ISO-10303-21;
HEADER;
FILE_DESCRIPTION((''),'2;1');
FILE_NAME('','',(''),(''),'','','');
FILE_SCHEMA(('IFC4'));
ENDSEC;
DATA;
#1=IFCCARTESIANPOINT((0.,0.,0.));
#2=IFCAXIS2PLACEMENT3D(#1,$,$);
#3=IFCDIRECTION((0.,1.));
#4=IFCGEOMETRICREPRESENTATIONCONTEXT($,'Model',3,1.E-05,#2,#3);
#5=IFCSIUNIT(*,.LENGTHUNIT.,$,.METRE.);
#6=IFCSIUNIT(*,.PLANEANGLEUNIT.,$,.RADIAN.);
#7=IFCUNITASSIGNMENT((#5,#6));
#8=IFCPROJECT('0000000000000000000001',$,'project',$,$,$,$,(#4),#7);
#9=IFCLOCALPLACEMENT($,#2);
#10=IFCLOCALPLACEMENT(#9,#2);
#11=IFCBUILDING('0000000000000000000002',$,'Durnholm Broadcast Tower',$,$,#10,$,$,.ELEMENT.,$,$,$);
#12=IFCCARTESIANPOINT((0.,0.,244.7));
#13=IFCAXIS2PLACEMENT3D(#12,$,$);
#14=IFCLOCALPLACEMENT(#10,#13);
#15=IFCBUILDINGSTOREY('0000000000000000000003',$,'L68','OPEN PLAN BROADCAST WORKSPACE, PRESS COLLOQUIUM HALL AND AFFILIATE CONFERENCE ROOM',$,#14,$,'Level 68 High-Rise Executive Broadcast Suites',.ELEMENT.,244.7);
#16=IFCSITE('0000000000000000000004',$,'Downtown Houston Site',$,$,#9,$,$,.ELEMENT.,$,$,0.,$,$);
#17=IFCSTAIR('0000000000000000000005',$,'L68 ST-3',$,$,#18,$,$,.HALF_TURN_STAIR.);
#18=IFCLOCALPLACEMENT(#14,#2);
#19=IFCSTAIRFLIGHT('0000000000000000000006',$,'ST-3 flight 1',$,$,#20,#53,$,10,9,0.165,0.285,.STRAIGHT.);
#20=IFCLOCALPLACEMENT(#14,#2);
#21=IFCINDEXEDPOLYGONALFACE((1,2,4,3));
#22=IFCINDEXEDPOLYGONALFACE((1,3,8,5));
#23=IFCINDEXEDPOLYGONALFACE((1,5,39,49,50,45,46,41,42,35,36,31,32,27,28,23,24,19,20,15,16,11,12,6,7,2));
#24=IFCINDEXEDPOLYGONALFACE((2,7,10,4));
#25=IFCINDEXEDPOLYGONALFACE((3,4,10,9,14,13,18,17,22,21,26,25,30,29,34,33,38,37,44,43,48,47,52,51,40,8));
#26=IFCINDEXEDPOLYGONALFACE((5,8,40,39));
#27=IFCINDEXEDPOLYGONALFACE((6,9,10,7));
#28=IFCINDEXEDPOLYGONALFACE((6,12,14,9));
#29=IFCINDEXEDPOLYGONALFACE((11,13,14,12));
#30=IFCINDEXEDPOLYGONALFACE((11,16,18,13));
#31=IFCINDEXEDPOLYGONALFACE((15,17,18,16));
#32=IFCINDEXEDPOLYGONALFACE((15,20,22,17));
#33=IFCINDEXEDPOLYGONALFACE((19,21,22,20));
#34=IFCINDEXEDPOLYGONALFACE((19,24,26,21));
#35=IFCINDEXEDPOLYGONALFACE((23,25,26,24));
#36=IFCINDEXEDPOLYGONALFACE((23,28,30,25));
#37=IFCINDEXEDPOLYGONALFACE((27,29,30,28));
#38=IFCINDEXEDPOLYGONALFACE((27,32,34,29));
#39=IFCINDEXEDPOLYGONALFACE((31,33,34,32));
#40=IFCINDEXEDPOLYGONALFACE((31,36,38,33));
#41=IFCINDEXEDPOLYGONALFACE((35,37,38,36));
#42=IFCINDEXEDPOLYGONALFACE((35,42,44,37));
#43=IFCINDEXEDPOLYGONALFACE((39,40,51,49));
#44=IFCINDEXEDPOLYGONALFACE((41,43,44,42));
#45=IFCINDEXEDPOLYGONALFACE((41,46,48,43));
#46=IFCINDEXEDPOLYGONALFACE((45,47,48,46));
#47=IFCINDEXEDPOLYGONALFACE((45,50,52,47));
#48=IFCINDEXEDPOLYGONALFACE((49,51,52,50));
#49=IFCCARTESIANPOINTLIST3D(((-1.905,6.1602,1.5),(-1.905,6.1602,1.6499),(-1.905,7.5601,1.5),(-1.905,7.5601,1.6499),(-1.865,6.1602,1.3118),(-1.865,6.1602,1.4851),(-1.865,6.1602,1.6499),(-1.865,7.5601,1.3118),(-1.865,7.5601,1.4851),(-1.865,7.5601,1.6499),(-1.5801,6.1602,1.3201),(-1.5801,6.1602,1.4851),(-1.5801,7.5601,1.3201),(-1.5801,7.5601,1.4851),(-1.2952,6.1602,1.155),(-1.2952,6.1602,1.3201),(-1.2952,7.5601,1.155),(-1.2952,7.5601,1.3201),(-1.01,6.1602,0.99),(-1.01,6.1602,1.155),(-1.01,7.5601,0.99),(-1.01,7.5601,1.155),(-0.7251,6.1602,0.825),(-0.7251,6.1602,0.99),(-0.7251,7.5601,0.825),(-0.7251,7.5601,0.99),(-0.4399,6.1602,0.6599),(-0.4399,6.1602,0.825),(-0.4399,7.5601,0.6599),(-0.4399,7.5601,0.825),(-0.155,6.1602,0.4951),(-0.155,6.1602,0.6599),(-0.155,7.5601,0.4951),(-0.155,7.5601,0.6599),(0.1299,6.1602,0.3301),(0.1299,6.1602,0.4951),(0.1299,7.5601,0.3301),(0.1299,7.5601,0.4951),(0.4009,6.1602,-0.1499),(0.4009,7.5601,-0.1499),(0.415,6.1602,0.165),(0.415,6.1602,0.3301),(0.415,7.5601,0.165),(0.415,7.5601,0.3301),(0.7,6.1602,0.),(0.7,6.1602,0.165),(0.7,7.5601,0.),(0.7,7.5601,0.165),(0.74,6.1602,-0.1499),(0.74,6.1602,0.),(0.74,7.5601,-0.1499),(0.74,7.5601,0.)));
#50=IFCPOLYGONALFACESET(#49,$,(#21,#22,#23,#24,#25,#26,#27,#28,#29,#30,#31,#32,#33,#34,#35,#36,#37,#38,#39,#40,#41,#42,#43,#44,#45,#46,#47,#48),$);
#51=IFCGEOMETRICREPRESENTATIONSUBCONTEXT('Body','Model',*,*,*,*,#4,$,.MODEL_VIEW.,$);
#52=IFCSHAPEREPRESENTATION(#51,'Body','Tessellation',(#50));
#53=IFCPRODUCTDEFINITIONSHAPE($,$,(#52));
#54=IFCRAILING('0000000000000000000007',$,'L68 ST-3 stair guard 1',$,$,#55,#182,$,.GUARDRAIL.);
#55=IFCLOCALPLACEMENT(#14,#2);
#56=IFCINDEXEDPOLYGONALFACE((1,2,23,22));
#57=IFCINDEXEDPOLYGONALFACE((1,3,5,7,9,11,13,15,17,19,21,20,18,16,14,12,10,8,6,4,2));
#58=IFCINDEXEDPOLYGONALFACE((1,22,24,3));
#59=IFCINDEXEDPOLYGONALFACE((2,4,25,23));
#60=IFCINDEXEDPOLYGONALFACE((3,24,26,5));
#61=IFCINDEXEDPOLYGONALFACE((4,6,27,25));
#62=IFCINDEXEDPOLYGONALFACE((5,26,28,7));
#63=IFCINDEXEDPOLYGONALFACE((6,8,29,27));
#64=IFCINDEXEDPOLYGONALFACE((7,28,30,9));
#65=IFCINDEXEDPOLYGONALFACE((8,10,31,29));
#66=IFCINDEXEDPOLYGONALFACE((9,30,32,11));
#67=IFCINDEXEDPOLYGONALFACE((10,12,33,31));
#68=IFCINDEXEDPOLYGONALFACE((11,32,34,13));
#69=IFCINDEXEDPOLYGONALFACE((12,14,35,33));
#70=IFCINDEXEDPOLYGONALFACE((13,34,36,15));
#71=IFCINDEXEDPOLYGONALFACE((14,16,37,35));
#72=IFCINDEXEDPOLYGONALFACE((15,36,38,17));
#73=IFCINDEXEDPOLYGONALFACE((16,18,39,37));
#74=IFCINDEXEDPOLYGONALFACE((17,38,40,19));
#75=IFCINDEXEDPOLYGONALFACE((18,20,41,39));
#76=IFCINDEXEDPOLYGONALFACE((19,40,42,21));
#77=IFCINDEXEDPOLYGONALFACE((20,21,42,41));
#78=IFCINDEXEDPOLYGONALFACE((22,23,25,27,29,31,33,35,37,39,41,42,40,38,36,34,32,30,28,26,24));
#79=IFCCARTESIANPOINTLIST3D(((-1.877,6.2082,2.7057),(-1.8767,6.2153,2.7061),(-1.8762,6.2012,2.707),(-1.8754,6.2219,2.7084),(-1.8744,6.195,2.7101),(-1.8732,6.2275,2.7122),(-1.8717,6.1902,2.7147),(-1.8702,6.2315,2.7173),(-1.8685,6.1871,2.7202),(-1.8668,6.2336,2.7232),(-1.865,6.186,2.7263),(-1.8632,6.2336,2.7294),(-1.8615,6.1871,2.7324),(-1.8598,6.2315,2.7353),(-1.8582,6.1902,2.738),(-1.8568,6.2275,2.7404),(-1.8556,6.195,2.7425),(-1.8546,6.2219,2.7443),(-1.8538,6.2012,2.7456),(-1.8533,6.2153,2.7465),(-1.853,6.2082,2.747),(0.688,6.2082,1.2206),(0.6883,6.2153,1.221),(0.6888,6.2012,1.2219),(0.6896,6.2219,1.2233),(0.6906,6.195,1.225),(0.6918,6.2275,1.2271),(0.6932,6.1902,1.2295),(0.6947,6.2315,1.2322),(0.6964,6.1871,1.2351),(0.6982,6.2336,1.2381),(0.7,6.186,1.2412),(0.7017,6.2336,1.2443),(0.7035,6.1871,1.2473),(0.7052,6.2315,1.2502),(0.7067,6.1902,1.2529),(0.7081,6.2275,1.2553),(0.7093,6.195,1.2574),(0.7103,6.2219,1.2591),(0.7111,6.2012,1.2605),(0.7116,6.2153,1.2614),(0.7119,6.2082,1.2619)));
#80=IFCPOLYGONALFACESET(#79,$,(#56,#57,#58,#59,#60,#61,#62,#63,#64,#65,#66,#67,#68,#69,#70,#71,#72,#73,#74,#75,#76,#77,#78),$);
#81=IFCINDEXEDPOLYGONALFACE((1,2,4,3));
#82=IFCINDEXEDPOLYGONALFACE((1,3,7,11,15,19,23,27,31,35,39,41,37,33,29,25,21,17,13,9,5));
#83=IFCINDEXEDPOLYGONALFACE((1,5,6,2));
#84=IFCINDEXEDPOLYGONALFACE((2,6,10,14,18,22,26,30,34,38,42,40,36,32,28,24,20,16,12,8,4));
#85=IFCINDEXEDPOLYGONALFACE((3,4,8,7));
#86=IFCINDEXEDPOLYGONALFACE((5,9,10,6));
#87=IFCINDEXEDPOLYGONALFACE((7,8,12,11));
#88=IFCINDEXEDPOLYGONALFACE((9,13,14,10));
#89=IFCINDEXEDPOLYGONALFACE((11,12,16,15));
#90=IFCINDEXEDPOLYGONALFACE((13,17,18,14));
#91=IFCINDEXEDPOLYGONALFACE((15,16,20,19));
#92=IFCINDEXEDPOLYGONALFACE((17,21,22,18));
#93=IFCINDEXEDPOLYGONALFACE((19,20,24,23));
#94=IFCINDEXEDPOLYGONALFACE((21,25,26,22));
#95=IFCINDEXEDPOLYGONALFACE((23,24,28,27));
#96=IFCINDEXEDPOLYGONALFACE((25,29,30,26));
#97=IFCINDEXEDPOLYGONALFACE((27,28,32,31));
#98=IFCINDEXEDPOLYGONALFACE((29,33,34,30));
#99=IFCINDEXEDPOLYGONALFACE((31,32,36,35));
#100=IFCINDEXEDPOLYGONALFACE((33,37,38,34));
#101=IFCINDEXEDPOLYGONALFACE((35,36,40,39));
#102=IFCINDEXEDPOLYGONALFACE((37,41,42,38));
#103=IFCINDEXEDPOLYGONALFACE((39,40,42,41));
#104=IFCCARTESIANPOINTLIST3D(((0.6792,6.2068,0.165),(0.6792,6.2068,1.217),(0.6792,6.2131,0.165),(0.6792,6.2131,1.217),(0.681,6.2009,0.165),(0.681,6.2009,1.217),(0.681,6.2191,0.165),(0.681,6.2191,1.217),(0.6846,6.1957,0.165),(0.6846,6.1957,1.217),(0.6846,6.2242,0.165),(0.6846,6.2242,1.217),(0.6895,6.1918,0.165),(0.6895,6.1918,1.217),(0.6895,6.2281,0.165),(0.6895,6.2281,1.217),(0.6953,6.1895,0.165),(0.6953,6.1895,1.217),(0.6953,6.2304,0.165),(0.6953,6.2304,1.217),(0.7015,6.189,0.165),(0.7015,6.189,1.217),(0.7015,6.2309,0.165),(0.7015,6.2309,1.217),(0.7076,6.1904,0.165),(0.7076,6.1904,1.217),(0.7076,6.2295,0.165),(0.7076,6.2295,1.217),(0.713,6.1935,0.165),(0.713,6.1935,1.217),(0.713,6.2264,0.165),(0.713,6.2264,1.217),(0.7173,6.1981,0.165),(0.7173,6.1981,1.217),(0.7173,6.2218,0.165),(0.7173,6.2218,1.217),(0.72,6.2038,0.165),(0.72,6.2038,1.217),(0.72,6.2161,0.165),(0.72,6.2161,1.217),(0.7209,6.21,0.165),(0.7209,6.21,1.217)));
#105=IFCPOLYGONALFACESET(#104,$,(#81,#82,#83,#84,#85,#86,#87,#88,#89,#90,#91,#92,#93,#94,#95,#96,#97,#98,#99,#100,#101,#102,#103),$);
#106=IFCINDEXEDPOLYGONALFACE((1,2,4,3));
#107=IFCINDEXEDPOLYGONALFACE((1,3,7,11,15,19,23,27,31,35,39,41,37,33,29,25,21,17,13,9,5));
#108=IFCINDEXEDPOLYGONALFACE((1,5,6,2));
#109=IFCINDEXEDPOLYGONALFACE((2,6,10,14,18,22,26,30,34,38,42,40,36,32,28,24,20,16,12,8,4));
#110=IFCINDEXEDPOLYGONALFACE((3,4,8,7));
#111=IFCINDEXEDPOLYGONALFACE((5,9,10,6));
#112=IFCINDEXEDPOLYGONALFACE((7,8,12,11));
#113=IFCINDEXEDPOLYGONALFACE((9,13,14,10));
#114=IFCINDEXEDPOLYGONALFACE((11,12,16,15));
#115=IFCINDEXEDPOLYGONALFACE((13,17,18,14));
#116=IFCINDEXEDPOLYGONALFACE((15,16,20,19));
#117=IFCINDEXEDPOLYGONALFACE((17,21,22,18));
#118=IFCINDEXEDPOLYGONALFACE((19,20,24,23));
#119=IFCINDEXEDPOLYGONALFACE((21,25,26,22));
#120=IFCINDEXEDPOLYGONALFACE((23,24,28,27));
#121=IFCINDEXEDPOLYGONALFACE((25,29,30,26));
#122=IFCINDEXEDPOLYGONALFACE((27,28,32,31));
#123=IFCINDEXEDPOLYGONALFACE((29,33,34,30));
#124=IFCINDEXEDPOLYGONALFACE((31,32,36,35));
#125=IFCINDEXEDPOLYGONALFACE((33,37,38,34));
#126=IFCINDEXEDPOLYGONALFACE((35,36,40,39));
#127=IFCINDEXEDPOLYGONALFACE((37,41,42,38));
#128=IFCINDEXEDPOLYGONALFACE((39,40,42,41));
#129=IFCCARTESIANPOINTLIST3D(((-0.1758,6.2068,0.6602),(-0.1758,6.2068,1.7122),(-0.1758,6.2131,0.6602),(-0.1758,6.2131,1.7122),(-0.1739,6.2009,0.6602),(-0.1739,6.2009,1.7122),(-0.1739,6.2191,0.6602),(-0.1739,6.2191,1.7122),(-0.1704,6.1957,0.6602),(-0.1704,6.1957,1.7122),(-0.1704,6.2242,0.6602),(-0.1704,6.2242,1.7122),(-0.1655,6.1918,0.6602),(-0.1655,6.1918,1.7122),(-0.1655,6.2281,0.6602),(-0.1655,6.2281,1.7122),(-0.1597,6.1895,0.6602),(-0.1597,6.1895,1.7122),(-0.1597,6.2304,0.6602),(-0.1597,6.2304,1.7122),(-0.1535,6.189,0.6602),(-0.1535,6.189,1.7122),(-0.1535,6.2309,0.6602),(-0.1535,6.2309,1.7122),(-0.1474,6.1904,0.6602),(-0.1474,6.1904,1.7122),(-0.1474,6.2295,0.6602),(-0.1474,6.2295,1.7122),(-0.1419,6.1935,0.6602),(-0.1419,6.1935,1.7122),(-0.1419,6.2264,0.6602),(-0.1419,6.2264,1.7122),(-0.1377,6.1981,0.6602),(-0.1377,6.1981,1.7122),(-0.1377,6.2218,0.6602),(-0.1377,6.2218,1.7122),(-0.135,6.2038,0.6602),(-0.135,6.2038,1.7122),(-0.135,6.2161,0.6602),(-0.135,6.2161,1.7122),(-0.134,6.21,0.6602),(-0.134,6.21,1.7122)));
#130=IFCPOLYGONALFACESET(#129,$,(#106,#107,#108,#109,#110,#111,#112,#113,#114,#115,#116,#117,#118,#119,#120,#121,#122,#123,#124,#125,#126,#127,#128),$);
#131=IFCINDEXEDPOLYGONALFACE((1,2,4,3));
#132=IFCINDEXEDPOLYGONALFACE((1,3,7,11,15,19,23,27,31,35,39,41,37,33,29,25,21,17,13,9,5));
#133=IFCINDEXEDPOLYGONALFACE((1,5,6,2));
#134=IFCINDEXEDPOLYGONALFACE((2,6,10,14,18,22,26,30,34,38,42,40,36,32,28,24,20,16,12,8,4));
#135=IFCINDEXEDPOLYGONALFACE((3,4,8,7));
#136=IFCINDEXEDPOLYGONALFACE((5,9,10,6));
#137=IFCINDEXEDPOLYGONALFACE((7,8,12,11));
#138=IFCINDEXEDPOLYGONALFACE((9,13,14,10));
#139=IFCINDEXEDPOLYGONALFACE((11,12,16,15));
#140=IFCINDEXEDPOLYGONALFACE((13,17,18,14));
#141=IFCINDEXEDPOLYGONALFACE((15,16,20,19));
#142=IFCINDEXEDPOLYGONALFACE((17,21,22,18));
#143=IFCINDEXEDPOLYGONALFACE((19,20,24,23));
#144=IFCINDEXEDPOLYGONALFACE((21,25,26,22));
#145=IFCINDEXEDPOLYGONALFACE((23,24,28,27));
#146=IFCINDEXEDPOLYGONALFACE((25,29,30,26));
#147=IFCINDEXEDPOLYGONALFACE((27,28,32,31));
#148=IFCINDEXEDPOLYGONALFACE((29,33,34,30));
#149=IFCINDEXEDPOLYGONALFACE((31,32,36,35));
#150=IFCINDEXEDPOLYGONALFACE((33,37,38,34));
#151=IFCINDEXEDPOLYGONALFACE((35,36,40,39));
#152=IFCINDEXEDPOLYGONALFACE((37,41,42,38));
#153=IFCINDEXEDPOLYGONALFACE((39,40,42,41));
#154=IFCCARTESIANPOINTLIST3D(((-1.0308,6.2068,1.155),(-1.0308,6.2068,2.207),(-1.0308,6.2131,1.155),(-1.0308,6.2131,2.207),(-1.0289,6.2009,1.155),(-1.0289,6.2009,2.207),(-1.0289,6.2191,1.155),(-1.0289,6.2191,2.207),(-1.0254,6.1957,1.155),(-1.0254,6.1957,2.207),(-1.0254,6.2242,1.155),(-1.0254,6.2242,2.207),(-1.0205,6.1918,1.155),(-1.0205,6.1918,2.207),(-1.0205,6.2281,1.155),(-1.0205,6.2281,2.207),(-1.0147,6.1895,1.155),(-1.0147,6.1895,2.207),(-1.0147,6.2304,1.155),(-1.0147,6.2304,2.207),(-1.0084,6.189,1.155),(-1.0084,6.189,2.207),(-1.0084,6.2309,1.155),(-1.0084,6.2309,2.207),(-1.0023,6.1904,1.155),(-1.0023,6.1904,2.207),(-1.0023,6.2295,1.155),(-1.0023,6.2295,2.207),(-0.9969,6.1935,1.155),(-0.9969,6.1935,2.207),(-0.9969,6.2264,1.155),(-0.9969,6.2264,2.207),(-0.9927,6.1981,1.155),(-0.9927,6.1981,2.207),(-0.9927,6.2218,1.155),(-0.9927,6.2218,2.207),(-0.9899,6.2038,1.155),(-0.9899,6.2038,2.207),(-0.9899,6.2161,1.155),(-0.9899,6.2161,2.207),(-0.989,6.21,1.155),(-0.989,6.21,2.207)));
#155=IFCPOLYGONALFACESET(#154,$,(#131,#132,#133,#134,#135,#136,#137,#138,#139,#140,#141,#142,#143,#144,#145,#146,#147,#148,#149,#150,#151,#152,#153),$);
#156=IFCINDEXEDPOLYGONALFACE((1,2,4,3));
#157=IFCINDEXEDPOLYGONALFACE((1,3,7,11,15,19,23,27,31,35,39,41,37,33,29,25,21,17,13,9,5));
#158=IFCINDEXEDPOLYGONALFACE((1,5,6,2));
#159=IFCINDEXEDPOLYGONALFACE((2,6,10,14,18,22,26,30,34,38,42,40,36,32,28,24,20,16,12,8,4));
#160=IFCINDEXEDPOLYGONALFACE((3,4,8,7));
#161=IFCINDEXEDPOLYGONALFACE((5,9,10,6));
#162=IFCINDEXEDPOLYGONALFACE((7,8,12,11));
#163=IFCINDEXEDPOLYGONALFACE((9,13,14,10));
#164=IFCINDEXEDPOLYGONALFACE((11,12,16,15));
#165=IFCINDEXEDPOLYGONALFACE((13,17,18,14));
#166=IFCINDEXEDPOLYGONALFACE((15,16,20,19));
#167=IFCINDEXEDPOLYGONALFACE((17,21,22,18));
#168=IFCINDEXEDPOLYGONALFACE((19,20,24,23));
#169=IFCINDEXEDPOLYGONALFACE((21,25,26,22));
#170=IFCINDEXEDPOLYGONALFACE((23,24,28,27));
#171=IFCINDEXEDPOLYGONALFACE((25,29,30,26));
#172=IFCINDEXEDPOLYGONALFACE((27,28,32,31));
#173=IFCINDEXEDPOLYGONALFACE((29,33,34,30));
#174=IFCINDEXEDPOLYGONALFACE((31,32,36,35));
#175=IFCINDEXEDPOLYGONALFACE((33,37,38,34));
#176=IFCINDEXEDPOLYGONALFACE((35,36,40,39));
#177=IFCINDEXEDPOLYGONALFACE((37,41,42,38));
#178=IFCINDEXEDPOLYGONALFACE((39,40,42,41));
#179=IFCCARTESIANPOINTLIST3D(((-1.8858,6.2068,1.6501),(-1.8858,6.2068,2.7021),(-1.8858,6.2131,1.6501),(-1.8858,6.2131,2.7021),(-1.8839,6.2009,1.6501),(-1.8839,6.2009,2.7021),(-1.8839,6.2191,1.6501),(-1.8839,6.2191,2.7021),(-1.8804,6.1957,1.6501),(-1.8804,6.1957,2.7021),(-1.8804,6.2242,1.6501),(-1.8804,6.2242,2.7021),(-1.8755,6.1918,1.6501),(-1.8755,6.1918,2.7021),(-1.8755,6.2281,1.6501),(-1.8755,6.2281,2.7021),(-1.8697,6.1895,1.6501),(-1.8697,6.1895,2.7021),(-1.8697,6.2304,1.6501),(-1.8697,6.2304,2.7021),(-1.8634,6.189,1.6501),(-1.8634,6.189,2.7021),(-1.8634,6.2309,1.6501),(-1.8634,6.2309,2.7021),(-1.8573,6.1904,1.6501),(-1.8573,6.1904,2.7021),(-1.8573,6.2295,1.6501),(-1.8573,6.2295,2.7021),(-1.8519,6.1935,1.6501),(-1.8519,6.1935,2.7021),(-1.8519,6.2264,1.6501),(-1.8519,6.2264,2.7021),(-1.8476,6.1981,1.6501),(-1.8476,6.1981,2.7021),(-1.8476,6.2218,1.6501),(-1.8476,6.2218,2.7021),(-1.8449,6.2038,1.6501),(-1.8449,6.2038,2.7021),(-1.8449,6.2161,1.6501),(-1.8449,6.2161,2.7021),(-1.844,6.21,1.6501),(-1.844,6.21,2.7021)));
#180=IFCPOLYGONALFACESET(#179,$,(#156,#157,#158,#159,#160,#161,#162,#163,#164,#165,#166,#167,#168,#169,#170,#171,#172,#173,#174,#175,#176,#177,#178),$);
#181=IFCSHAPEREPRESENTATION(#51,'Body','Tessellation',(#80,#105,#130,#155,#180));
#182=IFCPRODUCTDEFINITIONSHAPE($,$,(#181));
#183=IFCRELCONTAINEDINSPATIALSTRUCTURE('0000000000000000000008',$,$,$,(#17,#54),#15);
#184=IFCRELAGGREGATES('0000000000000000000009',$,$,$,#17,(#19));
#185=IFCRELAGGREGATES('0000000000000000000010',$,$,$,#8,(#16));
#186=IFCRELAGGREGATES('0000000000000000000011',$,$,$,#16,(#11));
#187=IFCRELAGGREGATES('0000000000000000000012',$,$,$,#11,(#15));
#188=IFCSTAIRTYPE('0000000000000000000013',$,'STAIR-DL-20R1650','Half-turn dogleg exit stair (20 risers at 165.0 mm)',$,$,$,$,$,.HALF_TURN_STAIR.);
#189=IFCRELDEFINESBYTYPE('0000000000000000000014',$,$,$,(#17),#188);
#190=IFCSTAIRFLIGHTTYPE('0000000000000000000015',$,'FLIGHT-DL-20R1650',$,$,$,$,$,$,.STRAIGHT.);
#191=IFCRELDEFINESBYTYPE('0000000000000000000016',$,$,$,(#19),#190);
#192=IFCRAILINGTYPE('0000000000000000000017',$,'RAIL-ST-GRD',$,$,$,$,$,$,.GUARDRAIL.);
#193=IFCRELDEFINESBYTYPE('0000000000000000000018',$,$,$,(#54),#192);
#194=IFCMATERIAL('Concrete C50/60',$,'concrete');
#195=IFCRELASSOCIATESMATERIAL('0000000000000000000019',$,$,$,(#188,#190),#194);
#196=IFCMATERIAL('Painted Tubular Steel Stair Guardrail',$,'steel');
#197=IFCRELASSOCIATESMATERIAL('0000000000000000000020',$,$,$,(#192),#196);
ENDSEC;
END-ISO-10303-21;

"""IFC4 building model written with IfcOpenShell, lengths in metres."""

from ifc_helpers import new_model, si_unit, direction, frame, origin, origin_2d, place, context, subcontext, project, spatial, polyline, circle, outline, extrude, material, type_object, element, aggregate, save


model = new_model("IFC4")

# Units and contexts
model_context = context("Model", 3, precision=1e-05, world=origin(), true_north=direction((0.0, 1.0)))
body_context = subcontext(model_context, "Body", "Model", "MODEL_VIEW")
ifc_project = project(units=[si_unit("LENGTHUNIT", "METRE"), si_unit("PLANEANGLEUNIT", "RADIAN")], contexts=[model_context])

# Site, building, storey
site_placement = place(None, origin())
site = spatial("IfcSite", under=ifc_project, at=site_placement, Name="Downtown Houston Site", CompositionType="ELEMENT", RefElevation=0.0)
building_placement = place(site_placement, origin())
building = spatial("IfcBuilding", under=site, at=building_placement, Name="Durnholm Broadcast Tower", CompositionType="ELEMENT")
storey_placement = place(building_placement, frame((0.0, 0.0, 244.7)))
storey = spatial("IfcBuildingStorey", under=building, at=storey_placement, Name="L68", Description="OPEN PLAN BROADCAST WORKSPACE, PRESS COLLOQUIUM HALL AND AFFILIATE CONFERENCE ROOM", LongName="Level 68 High-Rise Executive Broadcast Suites", CompositionType="ELEMENT", Elevation=244.7)

# Shared definitions
ifc_material_1 = material(Name="Concrete C50/60", Category="concrete")

# Stair, stair flight
stair_type = type_object("IfcStairType", Name="STAIR-DL-20R1650", Description="Half-turn dogleg exit stair (20 risers at 165.0 mm)", PredefinedType="HALF_TURN_STAIR", material=ifc_material_1)
stair_placement = place(storey_placement, origin())
stair = element("IfcStair", 1, at=stair_placement, inside=storey, type_object=stair_type, Name="L68 ST-3", PredefinedType="HALF_TURN_STAIR")
stair_flight_type = type_object("IfcStairFlightType", Name="FLIGHT-DL-20R1650", PredefinedType="STRAIGHT", material=ifc_material_1)
stair_flight_placement = place(storey_placement, frame((0.7, 6.8601, 0.0), z_axis=(0.0, 0.0, 1.0), x_axis=(-1.0, 0.0, 0.0)))
stair_flight = element("IfcStairFlight", 2, at=stair_flight_placement, type_object=stair_flight_type, Name="ST-3 flight 1", NumberOfRisers=10, NumberOfTreads=9, PredefinedType="STRAIGHT", RiserHeight=0.165, TreadLength=0.285, context=body_context, shape_type="SweptSolid", body=[
    extrude(outline(polyline([(-0.04, -0.1499), (-0.04, 0.0), (0.0, 0.0), (0.0, 0.165), (0.2849, 0.165), (0.2849, 0.3301), (0.5701, 0.3301), (0.5701, 0.4951), (0.855, 0.4951), (0.855, 0.6599), (1.1399, 0.6599), (1.1399, 0.825), (1.425, 0.825), (1.425, 0.99), (1.71, 0.99), (1.71, 1.155), (1.9951, 1.155), (1.9951, 1.3201), (2.28, 1.3201), (2.28, 1.4851), (2.5649, 1.4851), (2.5649, 1.6499), (2.605, 1.6499), (2.605, 1.5), (2.5649, 1.3118), (0.2991, -0.1499), (-0.04, -0.1499)])), frame((0.0, 0.7, 0.0), z_axis=(0.0, -1.0, 0.0), x_axis=(1.0, 0.0, 0.0)), (0.0, 0.0, 1.0), 1.3999),
])
aggregate(stair, [stair_flight])

# Railing
ifc_material_2 = material(Name="Painted Tubular Steel Stair Guardrail", Category="steel")
railing_type_1 = type_object("IfcRailingType", Name="RAIL-ST-GRD", PredefinedType="GUARDRAIL", material=ifc_material_2)
railing_1_placement = place(storey_placement, frame((0.7, 6.21, 0.165)))
element("IfcRailing", 3, at=railing_1_placement, inside=storey, type_object=railing_type_1, Name="L68 ST-3 stair guard 1", PredefinedType="GUARDRAIL", context=body_context, shape_type="SweptSolid", body=[
    extrude(circle(Radius=0.0239, at=origin_2d()), frame((0.0, 0.0, 1.0762), z_axis=(-0.865406, 0.0, 0.501072), x_axis=(0.0, -1.0, 0.0)), (0.0, 0.0, 1.0), 2.9639),
    extrude(circle(Radius=0.021, at=origin_2d()), origin(), (0.0, 0.0, 1.0), 1.052),
    extrude(circle(Radius=0.021, at=origin_2d()), frame((-0.855, 0.0, 0.4951)), (0.0, 0.0, 1.0), 1.052),
    extrude(circle(Radius=0.021, at=origin_2d()), frame((-1.71, 0.0, 0.99)), (0.0, 0.0, 1.0), 1.052),
    extrude(circle(Radius=0.021, at=origin_2d()), frame((-2.5649, 0.0, 1.4851)), (0.0, 0.0, 1.0), 1.052),
])

save(model, "model.ifc")
